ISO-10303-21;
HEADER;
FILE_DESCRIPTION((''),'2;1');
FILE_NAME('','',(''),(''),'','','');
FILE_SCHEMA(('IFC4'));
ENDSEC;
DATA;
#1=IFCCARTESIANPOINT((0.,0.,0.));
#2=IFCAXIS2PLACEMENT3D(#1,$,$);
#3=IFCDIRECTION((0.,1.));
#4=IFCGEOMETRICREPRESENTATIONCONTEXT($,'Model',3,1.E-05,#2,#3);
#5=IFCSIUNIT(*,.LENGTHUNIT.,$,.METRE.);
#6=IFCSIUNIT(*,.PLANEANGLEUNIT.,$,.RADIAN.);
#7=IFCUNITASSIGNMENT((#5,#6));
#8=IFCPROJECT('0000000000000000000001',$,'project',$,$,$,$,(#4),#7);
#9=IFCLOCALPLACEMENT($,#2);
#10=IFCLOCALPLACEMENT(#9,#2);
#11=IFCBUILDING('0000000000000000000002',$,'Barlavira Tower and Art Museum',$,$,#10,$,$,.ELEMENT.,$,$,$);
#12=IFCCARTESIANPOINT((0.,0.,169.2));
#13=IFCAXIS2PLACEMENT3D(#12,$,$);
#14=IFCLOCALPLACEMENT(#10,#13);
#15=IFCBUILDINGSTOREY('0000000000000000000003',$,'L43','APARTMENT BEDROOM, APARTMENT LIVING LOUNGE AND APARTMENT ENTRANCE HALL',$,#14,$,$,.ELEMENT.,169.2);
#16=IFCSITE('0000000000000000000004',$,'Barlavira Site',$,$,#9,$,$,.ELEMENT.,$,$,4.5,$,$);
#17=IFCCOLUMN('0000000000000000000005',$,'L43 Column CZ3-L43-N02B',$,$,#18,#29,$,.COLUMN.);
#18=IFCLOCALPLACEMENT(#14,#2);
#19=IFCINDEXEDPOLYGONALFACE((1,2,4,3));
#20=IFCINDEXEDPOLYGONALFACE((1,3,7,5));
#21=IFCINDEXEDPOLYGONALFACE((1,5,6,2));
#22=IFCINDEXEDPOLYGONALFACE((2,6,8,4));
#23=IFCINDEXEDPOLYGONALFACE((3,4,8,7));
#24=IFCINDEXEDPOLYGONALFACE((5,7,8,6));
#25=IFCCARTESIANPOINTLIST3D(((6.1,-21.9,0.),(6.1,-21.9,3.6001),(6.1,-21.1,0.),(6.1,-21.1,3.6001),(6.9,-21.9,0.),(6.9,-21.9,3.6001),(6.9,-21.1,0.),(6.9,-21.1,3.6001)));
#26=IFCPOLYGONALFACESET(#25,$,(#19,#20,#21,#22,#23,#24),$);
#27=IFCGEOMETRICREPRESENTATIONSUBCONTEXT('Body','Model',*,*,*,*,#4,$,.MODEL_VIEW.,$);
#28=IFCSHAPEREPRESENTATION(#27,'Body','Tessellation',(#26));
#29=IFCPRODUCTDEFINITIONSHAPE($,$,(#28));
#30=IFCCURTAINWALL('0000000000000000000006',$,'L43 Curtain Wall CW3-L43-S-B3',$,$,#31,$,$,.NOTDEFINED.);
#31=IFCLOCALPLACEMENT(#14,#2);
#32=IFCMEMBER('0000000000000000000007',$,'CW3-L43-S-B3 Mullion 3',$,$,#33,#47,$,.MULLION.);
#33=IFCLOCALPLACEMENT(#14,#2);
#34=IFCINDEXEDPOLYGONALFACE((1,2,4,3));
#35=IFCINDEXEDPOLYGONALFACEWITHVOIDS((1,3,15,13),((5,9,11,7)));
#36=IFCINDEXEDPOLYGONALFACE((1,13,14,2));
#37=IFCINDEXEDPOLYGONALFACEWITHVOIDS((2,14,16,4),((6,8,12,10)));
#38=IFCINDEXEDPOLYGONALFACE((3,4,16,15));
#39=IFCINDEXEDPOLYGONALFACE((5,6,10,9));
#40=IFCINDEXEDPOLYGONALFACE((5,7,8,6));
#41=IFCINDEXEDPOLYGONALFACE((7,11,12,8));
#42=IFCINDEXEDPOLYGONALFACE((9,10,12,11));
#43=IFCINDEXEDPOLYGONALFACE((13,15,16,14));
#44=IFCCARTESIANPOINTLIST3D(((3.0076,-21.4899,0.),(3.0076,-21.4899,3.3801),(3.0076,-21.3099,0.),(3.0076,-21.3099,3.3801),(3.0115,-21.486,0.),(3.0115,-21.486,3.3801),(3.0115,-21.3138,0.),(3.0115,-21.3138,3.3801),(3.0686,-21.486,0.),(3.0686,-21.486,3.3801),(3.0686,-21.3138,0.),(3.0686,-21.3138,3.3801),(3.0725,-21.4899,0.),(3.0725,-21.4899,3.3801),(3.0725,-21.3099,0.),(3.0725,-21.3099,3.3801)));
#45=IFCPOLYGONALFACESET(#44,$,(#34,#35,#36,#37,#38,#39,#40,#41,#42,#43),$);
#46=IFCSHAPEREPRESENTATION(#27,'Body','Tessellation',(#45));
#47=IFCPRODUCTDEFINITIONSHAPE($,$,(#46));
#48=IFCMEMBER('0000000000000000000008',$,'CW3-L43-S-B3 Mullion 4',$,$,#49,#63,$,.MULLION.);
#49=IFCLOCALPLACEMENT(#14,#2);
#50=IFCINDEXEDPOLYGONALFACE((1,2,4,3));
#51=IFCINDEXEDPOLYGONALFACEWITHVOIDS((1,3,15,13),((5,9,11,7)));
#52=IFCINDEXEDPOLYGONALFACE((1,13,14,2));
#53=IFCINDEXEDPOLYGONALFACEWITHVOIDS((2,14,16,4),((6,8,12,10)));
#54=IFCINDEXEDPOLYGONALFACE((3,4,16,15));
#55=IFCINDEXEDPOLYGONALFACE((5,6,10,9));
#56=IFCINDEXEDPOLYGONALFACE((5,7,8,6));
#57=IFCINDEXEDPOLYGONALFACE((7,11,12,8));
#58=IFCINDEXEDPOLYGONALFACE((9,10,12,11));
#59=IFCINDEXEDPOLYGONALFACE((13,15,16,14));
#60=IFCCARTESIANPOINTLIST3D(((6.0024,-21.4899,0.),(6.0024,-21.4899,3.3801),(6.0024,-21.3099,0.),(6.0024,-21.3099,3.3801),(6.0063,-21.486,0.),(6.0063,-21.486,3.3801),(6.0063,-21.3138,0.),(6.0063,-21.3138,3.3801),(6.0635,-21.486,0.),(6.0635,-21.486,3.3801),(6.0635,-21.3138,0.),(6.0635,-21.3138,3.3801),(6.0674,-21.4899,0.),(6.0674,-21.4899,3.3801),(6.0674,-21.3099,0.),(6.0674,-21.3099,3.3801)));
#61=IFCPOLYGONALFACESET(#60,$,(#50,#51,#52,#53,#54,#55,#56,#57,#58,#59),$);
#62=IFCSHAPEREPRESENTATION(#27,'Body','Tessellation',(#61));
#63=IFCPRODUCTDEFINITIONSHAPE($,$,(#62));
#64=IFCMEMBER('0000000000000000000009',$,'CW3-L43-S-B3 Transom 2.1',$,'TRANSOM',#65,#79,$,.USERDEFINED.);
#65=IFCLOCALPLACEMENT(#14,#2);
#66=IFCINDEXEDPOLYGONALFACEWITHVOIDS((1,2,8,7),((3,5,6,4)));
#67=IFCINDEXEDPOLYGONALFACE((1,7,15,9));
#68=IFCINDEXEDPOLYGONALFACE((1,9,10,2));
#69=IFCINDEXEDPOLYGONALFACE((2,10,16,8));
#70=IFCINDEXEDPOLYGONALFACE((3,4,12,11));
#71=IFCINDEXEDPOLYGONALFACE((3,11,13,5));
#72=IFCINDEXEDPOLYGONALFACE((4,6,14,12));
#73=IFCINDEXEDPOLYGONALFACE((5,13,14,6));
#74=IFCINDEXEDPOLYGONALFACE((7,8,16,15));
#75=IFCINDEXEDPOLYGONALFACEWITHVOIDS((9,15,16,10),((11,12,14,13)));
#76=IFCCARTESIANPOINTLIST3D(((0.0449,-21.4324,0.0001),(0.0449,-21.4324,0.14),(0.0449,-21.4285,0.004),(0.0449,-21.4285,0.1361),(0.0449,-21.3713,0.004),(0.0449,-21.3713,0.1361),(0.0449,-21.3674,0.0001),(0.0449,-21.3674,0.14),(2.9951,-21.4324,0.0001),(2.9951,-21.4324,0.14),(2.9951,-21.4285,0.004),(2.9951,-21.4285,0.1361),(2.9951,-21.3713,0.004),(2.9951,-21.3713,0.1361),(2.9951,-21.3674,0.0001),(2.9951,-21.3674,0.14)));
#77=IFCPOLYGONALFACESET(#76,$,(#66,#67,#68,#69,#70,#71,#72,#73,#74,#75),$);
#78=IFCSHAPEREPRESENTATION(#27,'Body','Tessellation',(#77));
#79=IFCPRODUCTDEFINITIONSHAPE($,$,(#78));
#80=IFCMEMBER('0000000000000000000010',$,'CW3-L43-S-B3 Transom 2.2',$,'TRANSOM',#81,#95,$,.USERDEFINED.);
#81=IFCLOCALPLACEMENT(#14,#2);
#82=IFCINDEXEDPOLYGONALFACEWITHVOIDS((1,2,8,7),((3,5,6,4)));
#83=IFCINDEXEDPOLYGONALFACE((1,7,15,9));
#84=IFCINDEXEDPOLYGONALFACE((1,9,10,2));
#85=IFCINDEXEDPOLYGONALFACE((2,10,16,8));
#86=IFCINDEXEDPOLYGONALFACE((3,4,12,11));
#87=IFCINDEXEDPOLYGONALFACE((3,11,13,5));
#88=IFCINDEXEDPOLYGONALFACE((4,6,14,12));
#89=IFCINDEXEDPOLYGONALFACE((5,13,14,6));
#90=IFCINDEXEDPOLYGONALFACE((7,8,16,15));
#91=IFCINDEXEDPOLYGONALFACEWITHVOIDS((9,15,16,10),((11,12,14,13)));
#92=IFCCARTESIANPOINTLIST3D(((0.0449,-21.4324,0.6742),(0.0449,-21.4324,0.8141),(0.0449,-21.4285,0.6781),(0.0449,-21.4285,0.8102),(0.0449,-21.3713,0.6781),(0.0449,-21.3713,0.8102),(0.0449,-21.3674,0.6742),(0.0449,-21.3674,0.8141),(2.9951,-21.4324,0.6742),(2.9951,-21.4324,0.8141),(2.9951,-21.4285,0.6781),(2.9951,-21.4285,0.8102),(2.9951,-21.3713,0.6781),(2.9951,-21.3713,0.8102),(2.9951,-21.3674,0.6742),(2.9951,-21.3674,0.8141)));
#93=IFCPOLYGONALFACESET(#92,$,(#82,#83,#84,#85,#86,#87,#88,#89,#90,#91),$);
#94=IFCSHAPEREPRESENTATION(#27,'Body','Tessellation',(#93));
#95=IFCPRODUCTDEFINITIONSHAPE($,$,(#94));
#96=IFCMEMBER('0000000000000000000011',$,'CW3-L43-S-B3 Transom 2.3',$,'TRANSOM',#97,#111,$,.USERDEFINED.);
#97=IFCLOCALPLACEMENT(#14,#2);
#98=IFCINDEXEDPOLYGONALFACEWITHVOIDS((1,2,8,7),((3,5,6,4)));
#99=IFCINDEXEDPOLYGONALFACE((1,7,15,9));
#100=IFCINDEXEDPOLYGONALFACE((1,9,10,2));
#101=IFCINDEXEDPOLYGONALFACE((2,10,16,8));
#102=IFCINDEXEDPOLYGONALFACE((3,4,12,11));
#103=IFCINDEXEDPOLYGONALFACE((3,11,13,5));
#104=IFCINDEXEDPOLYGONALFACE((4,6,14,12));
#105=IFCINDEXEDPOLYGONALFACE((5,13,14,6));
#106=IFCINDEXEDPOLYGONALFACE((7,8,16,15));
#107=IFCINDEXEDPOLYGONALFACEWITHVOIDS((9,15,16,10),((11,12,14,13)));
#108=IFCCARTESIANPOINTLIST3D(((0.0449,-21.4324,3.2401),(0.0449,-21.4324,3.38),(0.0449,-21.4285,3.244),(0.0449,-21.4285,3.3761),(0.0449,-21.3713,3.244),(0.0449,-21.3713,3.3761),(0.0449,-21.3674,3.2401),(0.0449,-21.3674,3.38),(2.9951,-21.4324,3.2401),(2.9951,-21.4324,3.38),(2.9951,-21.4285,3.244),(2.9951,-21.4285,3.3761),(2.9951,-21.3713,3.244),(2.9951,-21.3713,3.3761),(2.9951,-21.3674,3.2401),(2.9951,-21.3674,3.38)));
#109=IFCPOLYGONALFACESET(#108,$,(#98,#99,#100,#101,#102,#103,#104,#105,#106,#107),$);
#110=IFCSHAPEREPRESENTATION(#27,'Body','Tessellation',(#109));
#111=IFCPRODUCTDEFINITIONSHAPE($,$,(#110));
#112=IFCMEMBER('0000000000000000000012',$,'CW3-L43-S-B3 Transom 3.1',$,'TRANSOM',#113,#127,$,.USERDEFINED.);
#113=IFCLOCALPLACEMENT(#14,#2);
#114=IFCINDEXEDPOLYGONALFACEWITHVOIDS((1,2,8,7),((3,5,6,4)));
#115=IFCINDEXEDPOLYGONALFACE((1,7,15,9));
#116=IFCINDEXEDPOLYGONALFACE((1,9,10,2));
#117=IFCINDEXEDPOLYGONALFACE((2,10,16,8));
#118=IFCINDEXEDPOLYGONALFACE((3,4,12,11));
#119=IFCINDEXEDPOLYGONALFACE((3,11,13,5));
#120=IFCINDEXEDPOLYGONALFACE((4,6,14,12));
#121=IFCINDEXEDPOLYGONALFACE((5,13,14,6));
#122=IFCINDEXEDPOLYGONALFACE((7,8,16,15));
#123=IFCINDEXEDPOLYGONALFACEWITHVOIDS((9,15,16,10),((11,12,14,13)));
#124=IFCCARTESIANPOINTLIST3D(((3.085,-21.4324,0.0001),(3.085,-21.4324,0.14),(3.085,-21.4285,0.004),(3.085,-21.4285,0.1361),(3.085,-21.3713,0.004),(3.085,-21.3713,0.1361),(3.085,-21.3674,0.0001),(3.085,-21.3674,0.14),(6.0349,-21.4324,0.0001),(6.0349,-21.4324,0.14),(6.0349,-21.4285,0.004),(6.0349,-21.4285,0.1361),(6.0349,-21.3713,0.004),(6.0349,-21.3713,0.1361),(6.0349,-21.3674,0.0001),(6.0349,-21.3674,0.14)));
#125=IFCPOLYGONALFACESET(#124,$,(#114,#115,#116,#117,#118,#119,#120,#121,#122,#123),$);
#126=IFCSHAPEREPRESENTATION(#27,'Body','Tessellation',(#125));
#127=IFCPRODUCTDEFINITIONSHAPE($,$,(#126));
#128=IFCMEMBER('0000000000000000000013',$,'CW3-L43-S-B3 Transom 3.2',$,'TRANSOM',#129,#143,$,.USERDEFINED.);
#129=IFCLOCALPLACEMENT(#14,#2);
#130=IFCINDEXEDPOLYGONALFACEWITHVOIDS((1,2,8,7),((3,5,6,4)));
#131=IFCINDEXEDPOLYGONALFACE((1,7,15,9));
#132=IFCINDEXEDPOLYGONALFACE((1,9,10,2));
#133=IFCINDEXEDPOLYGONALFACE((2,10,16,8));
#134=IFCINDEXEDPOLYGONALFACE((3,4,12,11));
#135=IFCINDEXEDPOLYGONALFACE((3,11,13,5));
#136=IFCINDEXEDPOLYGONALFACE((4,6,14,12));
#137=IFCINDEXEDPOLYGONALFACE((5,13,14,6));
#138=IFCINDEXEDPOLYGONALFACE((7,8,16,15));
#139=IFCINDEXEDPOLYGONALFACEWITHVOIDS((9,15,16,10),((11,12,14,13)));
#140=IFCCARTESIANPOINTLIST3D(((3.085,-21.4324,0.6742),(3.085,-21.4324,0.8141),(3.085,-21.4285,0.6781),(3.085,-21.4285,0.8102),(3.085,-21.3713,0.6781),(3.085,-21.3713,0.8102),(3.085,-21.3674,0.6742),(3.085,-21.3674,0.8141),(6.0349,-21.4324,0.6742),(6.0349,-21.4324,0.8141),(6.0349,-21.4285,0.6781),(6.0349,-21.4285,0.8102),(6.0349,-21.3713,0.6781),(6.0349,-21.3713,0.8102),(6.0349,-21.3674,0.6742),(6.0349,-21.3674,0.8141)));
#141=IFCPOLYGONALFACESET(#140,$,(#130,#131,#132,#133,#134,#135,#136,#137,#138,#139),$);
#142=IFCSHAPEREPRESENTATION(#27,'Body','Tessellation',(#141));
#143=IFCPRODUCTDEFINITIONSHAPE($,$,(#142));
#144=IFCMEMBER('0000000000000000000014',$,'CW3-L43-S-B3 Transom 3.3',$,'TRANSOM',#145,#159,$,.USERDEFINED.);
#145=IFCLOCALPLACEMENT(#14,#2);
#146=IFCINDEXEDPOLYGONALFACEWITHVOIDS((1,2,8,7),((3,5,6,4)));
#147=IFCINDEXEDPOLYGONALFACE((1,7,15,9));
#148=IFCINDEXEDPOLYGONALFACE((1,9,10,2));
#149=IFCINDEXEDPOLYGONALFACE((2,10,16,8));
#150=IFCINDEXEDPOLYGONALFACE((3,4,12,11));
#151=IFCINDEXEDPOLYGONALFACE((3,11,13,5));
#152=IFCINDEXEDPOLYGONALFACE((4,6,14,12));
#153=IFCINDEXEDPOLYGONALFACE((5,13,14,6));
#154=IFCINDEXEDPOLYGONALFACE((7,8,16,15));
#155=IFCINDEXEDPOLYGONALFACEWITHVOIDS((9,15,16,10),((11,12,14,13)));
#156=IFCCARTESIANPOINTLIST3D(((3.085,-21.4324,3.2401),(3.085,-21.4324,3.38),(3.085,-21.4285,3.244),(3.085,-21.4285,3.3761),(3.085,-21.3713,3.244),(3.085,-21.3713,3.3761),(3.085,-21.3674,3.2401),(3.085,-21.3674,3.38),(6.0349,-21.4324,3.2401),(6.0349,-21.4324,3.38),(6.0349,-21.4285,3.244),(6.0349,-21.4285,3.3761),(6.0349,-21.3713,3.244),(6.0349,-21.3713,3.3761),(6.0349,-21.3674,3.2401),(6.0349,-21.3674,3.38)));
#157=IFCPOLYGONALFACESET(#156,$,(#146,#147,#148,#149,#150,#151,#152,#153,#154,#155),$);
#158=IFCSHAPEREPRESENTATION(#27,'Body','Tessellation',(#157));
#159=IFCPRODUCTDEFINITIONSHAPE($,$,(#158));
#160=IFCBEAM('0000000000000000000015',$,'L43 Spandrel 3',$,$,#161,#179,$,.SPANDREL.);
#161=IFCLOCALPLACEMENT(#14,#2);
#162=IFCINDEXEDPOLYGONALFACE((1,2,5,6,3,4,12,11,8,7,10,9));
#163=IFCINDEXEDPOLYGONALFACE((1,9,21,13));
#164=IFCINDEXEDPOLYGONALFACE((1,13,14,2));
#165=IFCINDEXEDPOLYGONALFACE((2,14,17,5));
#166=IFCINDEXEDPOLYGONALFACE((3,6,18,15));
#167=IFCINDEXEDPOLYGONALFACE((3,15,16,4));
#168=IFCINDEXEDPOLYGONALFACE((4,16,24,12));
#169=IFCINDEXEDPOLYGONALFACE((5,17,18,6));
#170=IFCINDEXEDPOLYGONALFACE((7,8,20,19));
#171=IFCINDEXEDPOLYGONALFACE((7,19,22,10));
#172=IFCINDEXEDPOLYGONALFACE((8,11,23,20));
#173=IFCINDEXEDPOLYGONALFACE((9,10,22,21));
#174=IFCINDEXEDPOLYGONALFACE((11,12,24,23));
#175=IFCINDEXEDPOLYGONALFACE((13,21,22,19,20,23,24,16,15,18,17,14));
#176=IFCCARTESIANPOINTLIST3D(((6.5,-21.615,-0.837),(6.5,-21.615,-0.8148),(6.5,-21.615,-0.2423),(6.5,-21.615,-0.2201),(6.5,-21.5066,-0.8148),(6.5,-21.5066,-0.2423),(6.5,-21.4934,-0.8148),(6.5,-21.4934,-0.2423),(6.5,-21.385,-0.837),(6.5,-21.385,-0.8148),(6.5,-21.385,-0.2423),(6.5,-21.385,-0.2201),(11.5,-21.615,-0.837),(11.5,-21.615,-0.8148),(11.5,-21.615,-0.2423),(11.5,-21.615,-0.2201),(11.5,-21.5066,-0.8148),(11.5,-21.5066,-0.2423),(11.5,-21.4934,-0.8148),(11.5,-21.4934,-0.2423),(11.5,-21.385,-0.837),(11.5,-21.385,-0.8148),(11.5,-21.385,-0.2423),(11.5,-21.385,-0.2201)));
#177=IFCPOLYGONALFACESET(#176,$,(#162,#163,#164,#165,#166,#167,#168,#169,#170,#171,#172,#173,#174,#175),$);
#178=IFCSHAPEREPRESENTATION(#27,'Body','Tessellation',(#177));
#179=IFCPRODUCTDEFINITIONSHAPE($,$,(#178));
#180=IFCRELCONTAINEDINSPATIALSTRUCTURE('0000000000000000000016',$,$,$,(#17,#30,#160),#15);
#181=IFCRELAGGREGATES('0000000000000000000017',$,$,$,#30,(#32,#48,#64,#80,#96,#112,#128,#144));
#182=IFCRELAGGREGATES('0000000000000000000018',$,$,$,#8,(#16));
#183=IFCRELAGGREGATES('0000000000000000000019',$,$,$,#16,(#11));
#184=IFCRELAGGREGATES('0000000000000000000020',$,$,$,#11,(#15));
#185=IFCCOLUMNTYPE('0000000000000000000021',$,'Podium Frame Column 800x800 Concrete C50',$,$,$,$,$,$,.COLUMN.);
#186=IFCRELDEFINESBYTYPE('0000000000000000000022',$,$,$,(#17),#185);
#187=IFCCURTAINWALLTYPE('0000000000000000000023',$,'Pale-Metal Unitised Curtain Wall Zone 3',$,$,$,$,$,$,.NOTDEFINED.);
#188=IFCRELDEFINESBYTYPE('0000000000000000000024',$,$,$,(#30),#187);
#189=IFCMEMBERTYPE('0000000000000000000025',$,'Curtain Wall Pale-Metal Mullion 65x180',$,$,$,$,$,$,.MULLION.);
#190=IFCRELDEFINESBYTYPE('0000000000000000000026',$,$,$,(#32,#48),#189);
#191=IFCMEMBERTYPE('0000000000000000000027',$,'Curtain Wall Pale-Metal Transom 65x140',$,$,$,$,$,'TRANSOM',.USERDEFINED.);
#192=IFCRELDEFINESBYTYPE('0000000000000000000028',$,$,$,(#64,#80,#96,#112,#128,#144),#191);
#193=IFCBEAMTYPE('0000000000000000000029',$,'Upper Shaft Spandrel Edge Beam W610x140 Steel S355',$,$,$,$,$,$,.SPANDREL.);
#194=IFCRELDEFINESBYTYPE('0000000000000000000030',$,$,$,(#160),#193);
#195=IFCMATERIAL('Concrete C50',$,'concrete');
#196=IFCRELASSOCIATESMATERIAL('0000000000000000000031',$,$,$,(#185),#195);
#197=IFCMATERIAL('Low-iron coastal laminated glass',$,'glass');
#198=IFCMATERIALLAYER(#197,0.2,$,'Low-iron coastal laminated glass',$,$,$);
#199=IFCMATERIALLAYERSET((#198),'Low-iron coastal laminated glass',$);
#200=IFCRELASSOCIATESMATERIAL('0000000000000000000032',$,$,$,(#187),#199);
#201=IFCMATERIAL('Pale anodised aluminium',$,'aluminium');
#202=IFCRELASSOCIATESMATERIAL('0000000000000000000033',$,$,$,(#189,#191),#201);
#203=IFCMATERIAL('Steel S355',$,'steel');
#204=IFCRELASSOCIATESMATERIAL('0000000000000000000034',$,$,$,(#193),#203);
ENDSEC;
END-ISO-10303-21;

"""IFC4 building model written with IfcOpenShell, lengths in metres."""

from ifc_helpers import new_model, si_unit, direction, frame, origin, origin_2d, place, context, subcontext, project, spatial, rectangle, hollow_rectangle, i_section, extrude, material, layer, layer_set, material_profile, profile_set, type_object, element, aggregate, save


model = new_model("IFC4")

# Units and contexts
model_context = context("Model", 3, precision=1e-05, world=origin(), true_north=direction((0.0, 1.0)))
body_context = subcontext(model_context, "Body", "Model", "MODEL_VIEW")
ifc_project = project(units=[si_unit("LENGTHUNIT", "METRE"), si_unit("PLANEANGLEUNIT", "RADIAN")], contexts=[model_context])

# Site, building, storey
site_placement = place(None, origin())
site = spatial("IfcSite", under=ifc_project, at=site_placement, Name="Barlavira Site", CompositionType="ELEMENT", RefElevation=4.5)
building_placement = place(site_placement, origin())
building = spatial("IfcBuilding", under=site, at=building_placement, Name="Barlavira Tower and Art Museum", CompositionType="ELEMENT")
storey_placement = place(building_placement, frame((0.0, 0.0, 169.2)))
storey = spatial("IfcBuildingStorey", under=building, at=storey_placement, Name="L43", Description="APARTMENT BEDROOM, APARTMENT LIVING LOUNGE AND APARTMENT ENTRANCE HALL", CompositionType="ELEMENT", Elevation=169.2)

# Column
ifc_material_1 = material(Name="Concrete C50", Category="concrete")
ifc_material_profile_1 = material_profile(ifc_material_1, rectangle(XDim=0.8, YDim=0.8, at=origin_2d()), Name="RC-COL 800x800")
ifc_profile_set_1 = profile_set([ifc_material_profile_1], Name="Concrete C50")
column_type = type_object("IfcColumnType", Name="Podium Frame Column 800x800 Concrete C50", PredefinedType="COLUMN", material=ifc_profile_set_1)
column_placement = place(storey_placement, frame((6.5, -21.5, 0.0), z_axis=(0.0, 0.0, 1.0), x_axis=(1.0, 0.0, 0.0)))
element("IfcColumn", 1, at=column_placement, inside=storey, type_object=column_type, Name="L43 Column CZ3-L43-N02B", PredefinedType="COLUMN", context=body_context, shape_type="SweptSolid", body=[
    extrude(rectangle(XDim=0.8, YDim=0.8, at=origin_2d()), origin(), (0.0, 0.0, 1.0), 3.6001),
])

# Curtain wall, members
ifc_material_2 = material(Name="Low-iron coastal laminated glass", Category="glass")
ifc_layer_1 = layer(ifc_material_2, 0.2, Name="Low-iron coastal laminated glass")
ifc_layer_set_1 = layer_set([ifc_layer_1], Name="Low-iron coastal laminated glass")
curtain_wall_type = type_object("IfcCurtainWallType", Name="Pale-Metal Unitised Curtain Wall Zone 3", PredefinedType="NOTDEFINED", material=ifc_layer_set_1)
curtain_wall_placement = place(storey_placement, origin())
curtain_wall = element("IfcCurtainWall", 2, at=curtain_wall_placement, inside=storey, type_object=curtain_wall_type, Name="L43 Curtain Wall CW3-L43-S-B3", PredefinedType="NOTDEFINED")
ifc_material_3 = material(Name="Pale anodised aluminium", Category="aluminium")
ifc_material_profile_2 = material_profile(ifc_material_3, hollow_rectangle(XDim=0.0649, YDim=0.1799, WallThickness=0.0039, at=origin_2d()), Name="ALU-MULL 65x180x4")
ifc_profile_set_2 = profile_set([ifc_material_profile_2], Name="Pale anodised aluminium")
member_type_1 = type_object("IfcMemberType", Name="Curtain Wall Pale-Metal Mullion 65x180", PredefinedType="MULLION", material=ifc_profile_set_2)
member_1_placement = place(storey_placement, frame((3.04, -21.3999, 0.0), z_axis=(0.0, 0.0, 1.0), x_axis=(1.0, 0.0, 0.0)))
member_1 = element("IfcMember", 3, at=member_1_placement, type_object=member_type_1, Name="CW3-L43-S-B3 Mullion 3", PredefinedType="MULLION", context=body_context, shape_type="SweptSolid", body=[
    extrude(hollow_rectangle(XDim=0.0649, YDim=0.1799, WallThickness=0.0039, at=origin_2d()), origin(), (0.0, 0.0, 1.0), 3.3801),
])
member_2_placement = place(storey_placement, frame((6.0349, -21.3999, 0.0), z_axis=(0.0, 0.0, 1.0), x_axis=(1.0, 0.0, 0.0)))
member_2 = element("IfcMember", 4, at=member_2_placement, type_object=member_type_1, Name="CW3-L43-S-B3 Mullion 4", PredefinedType="MULLION", context=body_context, shape_type="SweptSolid", body=[
    extrude(hollow_rectangle(XDim=0.0649, YDim=0.1799, WallThickness=0.0039, at=origin_2d()), origin(), (0.0, 0.0, 1.0), 3.3801),
])
ifc_material_profile_3 = material_profile(ifc_material_3, hollow_rectangle(XDim=0.0649, YDim=0.1399, WallThickness=0.0039, at=origin_2d()), Name="ALU-TRAN 65x140x4")
ifc_profile_set_3 = profile_set([ifc_material_profile_3], Name="Pale anodised aluminium")
member_type_2 = type_object("IfcMemberType", Name="Curtain Wall Pale-Metal Transom 65x140", ElementType="TRANSOM", PredefinedType="USERDEFINED", material=ifc_profile_set_3)
member_3_placement = place(storey_placement, frame((0.0449, -21.3999, 0.0701), z_axis=(1.0, 0.0, 0.0), x_axis=(0.0, 1.0, 0.0)))
member_3 = element("IfcMember", 5, at=member_3_placement, type_object=member_type_2, Name="CW3-L43-S-B3 Transom 2.1", ObjectType="TRANSOM", PredefinedType="USERDEFINED", context=body_context, shape_type="SweptSolid", body=[
    extrude(hollow_rectangle(XDim=0.0649, YDim=0.1399, WallThickness=0.0039, at=origin_2d()), origin(), (0.0, 0.0, 1.0), 2.9502),
])
member_4_placement = place(storey_placement, frame((0.0449, -21.3999, 0.7441), z_axis=(1.0, 0.0, 0.0), x_axis=(0.0, 1.0, 0.0)))
member_4 = element("IfcMember", 6, at=member_4_placement, type_object=member_type_2, Name="CW3-L43-S-B3 Transom 2.2", ObjectType="TRANSOM", PredefinedType="USERDEFINED", context=body_context, shape_type="SweptSolid", body=[
    extrude(hollow_rectangle(XDim=0.0649, YDim=0.1399, WallThickness=0.0039, at=origin_2d()), origin(), (0.0, 0.0, 1.0), 2.9502),
])
member_5_placement = place(storey_placement, frame((0.0449, -21.3999, 3.3101), z_axis=(1.0, 0.0, 0.0), x_axis=(0.0, 1.0, 0.0)))
member_5 = element("IfcMember", 7, at=member_5_placement, type_object=member_type_2, Name="CW3-L43-S-B3 Transom 2.3", ObjectType="TRANSOM", PredefinedType="USERDEFINED", context=body_context, shape_type="SweptSolid", body=[
    extrude(hollow_rectangle(XDim=0.0649, YDim=0.1399, WallThickness=0.0039, at=origin_2d()), origin(), (0.0, 0.0, 1.0), 2.9502),
])
member_6_placement = place(storey_placement, frame((3.085, -21.3999, 0.0701), z_axis=(1.0, 0.0, 0.0), x_axis=(0.0, 1.0, 0.0)))
member_6 = element("IfcMember", 8, at=member_6_placement, type_object=member_type_2, Name="CW3-L43-S-B3 Transom 3.1", ObjectType="TRANSOM", PredefinedType="USERDEFINED", context=body_context, shape_type="SweptSolid", body=[
    extrude(hollow_rectangle(XDim=0.0649, YDim=0.1399, WallThickness=0.0039, at=origin_2d()), origin(), (0.0, 0.0, 1.0), 2.95),
])
member_7_placement = place(storey_placement, frame((3.085, -21.3999, 0.7441), z_axis=(1.0, 0.0, 0.0), x_axis=(0.0, 1.0, 0.0)))
member_7 = element("IfcMember", 9, at=member_7_placement, type_object=member_type_2, Name="CW3-L43-S-B3 Transom 3.2", ObjectType="TRANSOM", PredefinedType="USERDEFINED", context=body_context, shape_type="SweptSolid", body=[
    extrude(hollow_rectangle(XDim=0.0649, YDim=0.1399, WallThickness=0.0039, at=origin_2d()), origin(), (0.0, 0.0, 1.0), 2.95),
])
member_8_placement = place(storey_placement, frame((3.085, -21.3999, 3.3101), z_axis=(1.0, 0.0, 0.0), x_axis=(0.0, 1.0, 0.0)))
member_8 = element("IfcMember", 10, at=member_8_placement, type_object=member_type_2, Name="CW3-L43-S-B3 Transom 3.3", ObjectType="TRANSOM", PredefinedType="USERDEFINED", context=body_context, shape_type="SweptSolid", body=[
    extrude(hollow_rectangle(XDim=0.0649, YDim=0.1399, WallThickness=0.0039, at=origin_2d()), origin(), (0.0, 0.0, 1.0), 2.95),
])

# Beam
ifc_material_4 = material(Name="Steel S355", Category="steel")
ifc_material_profile_4 = material_profile(ifc_material_4, i_section(OverallWidth=0.23, OverallDepth=0.6169, WebThickness=0.0132, FlangeThickness=0.0222, at=origin_2d()), Name="W610x140.0")
ifc_profile_set_4 = profile_set([ifc_material_profile_4], Name="Steel S355")
beam_type = type_object("IfcBeamType", Name="Upper Shaft Spandrel Edge Beam W610x140 Steel S355", PredefinedType="SPANDREL", material=ifc_profile_set_4)
beam_placement = place(storey_placement, frame((6.5, -21.5, -0.5286), z_axis=(1.0, 0.0, 0.0), x_axis=(0.0, 1.0, 0.0)))
element("IfcBeam", 11, at=beam_placement, inside=storey, type_object=beam_type, Name="L43 Spandrel 3", PredefinedType="SPANDREL", context=body_context, shape_type="SweptSolid", body=[
    extrude(i_section(OverallWidth=0.23, OverallDepth=0.6169, WebThickness=0.0132, FlangeThickness=0.0222, at=origin_2d()), origin(), (0.0, 0.0, 1.0), 5.0),
])

aggregate(curtain_wall, [member_1, member_2, member_3, member_4, member_5, member_6, member_7, member_8])

save(model, "model.ifc")
